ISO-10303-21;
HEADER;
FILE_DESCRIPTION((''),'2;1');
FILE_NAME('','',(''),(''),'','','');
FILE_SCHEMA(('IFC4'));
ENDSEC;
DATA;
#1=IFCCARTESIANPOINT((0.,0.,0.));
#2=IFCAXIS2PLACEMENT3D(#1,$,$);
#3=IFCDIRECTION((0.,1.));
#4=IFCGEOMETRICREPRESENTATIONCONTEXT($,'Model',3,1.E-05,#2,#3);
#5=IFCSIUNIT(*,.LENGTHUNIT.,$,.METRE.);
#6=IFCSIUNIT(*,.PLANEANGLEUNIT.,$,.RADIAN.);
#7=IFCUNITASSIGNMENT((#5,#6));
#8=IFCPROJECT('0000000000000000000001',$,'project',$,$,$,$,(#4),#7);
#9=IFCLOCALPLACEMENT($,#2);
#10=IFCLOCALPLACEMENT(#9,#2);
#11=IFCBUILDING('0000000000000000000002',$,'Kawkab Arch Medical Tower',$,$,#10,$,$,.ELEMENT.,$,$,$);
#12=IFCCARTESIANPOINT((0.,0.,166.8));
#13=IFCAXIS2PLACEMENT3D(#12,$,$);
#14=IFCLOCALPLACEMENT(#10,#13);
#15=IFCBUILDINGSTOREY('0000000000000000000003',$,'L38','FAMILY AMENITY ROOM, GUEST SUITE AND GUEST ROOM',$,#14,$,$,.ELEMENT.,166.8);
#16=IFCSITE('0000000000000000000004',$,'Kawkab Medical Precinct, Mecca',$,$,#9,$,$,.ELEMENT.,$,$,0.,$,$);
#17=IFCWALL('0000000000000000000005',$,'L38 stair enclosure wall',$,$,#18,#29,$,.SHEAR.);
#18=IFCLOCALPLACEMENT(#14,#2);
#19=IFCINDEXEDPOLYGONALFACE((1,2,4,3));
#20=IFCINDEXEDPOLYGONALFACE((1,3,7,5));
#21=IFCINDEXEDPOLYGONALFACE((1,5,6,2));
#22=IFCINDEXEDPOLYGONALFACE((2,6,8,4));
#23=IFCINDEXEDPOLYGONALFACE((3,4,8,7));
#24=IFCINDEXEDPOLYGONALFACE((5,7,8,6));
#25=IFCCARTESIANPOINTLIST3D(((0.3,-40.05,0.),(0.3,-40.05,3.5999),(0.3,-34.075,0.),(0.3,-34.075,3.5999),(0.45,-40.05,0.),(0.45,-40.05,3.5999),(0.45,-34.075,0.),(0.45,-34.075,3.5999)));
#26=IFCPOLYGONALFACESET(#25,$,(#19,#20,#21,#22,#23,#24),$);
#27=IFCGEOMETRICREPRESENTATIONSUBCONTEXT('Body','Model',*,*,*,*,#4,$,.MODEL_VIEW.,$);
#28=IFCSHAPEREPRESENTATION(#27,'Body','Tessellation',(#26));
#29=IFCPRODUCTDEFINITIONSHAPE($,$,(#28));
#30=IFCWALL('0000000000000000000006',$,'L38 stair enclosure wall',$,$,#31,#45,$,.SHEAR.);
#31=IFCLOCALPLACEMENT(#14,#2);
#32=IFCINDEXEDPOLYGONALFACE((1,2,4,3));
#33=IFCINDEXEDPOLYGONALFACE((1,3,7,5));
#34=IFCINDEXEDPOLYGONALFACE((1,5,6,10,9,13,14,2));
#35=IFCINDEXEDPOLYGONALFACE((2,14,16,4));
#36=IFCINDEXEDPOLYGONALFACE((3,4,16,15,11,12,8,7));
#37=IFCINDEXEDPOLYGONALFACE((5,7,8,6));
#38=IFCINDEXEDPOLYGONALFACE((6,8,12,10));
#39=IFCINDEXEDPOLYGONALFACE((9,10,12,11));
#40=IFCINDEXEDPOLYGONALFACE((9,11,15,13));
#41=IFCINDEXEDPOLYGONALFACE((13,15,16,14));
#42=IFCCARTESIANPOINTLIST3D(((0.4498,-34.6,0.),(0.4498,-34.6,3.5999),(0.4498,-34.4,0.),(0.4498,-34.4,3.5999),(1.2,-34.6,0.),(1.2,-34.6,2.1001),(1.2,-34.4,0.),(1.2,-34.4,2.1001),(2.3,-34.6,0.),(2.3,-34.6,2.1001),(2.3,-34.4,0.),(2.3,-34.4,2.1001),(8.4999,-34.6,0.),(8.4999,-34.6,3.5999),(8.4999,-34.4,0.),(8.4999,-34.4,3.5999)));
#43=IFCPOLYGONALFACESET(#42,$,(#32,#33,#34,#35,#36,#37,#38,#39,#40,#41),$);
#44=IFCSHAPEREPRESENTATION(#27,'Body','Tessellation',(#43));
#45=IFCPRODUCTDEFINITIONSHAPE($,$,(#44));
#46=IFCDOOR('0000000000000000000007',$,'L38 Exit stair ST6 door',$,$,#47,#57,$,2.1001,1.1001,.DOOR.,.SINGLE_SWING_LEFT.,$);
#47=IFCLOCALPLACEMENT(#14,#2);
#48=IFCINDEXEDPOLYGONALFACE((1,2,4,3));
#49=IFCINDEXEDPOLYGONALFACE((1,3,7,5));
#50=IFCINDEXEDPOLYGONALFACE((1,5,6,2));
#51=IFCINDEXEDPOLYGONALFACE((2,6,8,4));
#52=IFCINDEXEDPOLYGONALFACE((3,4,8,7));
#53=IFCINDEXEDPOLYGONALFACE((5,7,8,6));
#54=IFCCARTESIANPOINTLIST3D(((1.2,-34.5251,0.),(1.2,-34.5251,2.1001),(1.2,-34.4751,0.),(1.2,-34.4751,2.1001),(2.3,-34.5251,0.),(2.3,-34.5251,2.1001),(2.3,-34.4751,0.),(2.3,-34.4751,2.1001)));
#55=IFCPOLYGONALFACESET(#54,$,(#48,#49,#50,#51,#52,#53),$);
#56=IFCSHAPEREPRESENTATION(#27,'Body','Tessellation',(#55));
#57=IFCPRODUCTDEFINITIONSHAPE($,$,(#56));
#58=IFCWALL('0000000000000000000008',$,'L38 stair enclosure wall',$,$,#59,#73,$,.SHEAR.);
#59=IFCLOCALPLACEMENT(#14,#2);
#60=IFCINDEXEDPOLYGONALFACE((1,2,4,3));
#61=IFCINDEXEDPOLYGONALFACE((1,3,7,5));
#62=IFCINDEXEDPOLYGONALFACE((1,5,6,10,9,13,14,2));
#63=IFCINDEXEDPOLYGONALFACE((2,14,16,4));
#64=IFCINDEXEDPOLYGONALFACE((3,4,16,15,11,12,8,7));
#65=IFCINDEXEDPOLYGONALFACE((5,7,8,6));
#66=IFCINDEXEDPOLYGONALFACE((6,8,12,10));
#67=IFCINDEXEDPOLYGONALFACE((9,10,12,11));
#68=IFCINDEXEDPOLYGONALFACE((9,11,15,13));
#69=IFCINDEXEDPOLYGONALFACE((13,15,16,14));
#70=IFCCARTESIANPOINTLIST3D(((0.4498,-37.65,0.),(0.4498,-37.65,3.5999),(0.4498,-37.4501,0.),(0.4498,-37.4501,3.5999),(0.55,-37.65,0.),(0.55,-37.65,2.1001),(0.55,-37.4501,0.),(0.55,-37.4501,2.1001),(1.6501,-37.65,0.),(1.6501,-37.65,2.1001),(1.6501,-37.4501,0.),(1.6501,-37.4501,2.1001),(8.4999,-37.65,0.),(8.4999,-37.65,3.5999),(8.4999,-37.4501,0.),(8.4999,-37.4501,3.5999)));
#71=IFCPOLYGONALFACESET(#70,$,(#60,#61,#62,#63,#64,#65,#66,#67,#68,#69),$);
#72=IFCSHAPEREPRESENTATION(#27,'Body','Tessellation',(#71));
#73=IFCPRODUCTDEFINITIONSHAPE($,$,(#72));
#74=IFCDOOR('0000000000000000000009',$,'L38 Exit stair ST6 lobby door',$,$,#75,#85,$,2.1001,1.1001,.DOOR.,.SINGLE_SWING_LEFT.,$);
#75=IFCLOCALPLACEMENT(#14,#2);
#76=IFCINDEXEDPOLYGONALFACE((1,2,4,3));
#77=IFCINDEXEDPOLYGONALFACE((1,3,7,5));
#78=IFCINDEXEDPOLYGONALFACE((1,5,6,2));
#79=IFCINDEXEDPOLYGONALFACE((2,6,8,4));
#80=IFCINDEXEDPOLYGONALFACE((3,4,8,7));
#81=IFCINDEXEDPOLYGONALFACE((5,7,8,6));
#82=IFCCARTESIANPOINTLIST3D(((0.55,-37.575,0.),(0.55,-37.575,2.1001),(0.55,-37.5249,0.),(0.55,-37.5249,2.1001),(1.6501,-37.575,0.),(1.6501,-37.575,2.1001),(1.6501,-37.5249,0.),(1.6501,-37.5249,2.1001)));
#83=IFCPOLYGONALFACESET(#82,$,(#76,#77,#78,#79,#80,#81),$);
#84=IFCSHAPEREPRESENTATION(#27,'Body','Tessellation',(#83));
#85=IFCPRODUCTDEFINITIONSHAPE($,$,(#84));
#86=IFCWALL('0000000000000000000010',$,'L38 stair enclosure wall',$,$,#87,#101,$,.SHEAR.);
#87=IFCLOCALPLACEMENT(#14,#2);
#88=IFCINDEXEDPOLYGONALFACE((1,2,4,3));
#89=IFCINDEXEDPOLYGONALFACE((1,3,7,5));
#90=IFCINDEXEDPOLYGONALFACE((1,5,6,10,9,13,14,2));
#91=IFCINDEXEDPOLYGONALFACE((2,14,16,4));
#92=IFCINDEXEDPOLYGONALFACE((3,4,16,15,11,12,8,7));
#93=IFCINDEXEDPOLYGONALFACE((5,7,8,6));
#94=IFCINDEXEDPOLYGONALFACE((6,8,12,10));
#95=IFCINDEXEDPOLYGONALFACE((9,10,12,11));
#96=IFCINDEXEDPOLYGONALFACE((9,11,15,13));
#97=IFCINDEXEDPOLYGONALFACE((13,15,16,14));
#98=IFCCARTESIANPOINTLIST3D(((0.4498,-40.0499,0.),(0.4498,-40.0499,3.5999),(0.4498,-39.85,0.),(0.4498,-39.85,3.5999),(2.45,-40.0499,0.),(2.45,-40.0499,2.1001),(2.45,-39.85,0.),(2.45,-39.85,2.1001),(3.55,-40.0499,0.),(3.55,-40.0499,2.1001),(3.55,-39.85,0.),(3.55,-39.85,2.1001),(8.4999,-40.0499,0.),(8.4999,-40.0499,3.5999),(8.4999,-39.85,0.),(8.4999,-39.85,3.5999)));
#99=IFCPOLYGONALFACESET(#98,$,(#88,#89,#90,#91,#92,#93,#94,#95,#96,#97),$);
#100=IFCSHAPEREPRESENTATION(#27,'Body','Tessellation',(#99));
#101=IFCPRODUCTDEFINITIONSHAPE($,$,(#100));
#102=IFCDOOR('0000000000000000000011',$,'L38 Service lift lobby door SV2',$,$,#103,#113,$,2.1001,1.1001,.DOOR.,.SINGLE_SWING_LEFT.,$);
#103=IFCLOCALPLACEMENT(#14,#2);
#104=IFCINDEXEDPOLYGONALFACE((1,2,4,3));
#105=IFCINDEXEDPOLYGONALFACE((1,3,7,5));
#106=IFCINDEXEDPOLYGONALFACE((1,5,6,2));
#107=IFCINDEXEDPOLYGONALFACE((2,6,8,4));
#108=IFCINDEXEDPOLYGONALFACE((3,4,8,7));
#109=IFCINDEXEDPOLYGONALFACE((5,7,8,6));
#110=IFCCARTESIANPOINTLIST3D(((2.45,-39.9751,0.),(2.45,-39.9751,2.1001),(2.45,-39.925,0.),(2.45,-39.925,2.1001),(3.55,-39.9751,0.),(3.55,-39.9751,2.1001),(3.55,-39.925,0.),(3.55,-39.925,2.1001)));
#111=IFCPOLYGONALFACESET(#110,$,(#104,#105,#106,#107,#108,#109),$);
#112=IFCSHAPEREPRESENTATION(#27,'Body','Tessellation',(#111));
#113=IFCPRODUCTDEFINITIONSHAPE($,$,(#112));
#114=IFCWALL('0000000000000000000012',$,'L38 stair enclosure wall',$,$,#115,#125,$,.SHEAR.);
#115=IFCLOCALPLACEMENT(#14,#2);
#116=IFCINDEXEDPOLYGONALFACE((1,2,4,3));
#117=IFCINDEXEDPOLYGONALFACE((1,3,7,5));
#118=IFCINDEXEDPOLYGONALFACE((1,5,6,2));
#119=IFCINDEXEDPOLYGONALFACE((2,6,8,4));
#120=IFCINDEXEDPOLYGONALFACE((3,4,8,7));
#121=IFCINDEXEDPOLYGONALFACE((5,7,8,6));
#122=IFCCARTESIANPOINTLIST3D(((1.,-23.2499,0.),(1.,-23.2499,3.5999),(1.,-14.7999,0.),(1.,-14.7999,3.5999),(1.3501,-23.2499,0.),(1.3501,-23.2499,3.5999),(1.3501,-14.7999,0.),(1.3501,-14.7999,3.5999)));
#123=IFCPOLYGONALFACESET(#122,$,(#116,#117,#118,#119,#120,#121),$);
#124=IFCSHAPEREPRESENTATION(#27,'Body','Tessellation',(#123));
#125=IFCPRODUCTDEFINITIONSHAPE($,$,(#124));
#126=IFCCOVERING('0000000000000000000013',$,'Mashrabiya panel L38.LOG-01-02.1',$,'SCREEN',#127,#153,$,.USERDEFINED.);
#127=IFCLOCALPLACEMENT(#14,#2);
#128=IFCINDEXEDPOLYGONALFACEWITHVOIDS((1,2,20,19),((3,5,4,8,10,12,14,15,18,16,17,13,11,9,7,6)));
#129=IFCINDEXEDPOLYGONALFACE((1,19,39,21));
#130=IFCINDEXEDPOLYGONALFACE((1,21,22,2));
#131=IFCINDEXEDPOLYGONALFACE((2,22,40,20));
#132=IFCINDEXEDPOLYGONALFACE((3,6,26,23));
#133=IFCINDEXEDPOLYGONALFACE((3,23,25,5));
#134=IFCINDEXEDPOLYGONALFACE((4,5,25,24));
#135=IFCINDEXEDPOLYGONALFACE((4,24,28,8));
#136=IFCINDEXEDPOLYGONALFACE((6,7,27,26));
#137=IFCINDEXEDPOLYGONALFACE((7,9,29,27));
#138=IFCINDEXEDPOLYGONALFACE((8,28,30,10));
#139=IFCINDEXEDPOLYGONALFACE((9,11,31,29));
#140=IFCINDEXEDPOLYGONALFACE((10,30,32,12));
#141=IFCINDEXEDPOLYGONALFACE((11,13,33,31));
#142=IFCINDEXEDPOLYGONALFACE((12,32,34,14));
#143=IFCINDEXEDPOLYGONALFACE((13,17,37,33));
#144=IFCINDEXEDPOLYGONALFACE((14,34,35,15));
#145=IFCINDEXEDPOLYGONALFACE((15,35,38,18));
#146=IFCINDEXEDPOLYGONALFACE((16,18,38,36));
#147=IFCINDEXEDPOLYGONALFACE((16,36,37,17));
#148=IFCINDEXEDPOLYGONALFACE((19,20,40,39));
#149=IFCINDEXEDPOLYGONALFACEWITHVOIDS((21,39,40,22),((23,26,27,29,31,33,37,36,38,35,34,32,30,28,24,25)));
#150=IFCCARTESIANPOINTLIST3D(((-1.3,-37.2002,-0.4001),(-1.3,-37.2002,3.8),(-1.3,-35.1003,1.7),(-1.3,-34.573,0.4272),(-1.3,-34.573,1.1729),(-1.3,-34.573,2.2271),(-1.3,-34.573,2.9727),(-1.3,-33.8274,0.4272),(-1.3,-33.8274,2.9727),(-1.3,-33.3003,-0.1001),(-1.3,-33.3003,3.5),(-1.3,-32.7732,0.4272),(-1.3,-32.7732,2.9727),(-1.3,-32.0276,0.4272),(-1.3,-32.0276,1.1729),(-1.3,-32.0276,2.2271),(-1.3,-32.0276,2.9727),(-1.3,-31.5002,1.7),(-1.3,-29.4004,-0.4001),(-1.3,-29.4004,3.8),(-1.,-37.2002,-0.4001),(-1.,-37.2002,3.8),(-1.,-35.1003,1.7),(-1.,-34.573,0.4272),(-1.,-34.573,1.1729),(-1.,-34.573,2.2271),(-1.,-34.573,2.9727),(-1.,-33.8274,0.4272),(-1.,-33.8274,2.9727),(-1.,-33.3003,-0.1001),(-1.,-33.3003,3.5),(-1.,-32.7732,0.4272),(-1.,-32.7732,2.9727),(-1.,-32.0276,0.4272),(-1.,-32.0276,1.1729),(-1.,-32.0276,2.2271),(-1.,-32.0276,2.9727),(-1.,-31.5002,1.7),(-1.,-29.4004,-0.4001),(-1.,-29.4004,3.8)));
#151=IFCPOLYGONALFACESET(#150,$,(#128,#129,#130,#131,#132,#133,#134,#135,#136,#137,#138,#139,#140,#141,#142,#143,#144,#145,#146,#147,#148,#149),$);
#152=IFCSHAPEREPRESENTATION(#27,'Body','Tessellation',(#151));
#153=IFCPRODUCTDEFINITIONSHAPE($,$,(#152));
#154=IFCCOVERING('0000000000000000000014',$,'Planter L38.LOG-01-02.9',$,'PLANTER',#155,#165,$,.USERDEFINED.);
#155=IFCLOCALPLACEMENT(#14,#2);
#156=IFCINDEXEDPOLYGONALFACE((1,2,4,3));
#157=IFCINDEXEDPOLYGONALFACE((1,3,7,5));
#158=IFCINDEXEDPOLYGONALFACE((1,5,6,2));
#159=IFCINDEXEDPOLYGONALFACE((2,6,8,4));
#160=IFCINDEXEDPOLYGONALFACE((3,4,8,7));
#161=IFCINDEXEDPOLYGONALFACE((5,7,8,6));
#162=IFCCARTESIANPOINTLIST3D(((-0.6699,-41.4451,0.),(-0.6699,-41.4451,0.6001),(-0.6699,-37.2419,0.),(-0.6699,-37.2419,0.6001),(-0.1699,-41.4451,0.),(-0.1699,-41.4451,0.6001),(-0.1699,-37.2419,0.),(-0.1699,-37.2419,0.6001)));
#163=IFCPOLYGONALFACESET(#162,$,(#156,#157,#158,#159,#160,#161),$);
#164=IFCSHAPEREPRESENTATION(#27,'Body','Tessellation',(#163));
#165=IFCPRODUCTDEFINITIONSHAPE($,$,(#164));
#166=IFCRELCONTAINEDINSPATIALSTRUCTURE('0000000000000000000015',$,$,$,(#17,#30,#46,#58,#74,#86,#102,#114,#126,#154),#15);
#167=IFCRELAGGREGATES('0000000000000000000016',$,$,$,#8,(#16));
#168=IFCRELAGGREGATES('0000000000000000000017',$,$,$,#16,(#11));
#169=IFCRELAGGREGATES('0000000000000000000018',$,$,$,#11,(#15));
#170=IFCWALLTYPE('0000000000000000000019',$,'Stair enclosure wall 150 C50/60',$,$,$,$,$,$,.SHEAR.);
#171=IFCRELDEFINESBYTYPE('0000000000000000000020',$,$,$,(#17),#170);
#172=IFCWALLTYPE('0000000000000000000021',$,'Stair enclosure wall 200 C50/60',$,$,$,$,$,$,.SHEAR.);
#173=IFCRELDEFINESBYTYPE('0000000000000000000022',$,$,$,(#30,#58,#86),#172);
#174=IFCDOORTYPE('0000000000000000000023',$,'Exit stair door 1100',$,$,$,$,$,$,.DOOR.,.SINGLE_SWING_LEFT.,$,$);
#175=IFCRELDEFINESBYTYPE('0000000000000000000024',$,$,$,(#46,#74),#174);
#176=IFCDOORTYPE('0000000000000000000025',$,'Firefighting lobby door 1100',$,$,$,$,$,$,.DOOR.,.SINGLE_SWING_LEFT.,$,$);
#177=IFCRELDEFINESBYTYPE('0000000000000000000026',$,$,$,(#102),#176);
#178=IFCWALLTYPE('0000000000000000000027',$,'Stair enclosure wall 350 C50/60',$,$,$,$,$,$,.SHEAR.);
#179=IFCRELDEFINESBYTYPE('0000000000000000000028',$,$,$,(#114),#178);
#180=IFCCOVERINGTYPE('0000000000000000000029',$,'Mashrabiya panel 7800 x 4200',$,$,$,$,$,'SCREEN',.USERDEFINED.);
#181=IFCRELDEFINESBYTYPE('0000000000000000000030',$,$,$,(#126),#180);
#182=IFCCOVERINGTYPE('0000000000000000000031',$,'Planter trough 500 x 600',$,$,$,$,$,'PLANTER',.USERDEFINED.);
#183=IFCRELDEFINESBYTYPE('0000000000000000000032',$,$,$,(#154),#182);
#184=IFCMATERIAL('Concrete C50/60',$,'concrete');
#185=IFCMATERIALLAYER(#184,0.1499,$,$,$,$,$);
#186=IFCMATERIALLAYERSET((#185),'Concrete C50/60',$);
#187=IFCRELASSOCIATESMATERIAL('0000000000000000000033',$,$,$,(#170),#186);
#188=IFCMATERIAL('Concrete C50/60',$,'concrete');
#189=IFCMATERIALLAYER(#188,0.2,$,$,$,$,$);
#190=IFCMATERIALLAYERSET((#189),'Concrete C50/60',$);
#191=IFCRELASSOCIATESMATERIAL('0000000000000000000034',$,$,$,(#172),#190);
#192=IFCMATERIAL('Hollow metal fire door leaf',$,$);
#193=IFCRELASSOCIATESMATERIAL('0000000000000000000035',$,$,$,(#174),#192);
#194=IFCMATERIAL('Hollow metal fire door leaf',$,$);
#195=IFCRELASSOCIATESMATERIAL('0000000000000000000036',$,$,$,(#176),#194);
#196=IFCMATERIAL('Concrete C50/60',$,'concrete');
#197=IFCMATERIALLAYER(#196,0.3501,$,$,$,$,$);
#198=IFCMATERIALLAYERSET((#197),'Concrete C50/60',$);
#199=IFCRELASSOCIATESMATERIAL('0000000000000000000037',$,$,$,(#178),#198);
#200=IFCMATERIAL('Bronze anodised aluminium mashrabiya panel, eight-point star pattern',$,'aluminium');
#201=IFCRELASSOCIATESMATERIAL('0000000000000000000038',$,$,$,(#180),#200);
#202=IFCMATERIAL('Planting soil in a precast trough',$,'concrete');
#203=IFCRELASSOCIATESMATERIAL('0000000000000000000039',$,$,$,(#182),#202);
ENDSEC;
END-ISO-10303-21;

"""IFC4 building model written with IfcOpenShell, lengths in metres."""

from ifc_helpers import new_model, si_unit, direction, frame, frame_2d, origin, origin_2d, place, context, subcontext, project, spatial, polyline, rectangle, outline, extrude, material, layer, layer_set, material_profile, profile_set, type_object, element, fill, save


model = new_model("IFC4")

# Units and contexts
model_context = context("Model", 3, precision=1e-05, world=origin(), true_north=direction((0.0, 1.0)))
body_context = subcontext(model_context, "Body", "Model", "MODEL_VIEW")
ifc_project = project(units=[si_unit("LENGTHUNIT", "METRE"), si_unit("PLANEANGLEUNIT", "RADIAN")], contexts=[model_context])

# Site, building, storey
site_placement = place(None, origin())
site = spatial("IfcSite", under=ifc_project, at=site_placement, Name="Kawkab Medical Precinct, Mecca", CompositionType="ELEMENT", RefElevation=0.0)
building_placement = place(site_placement, origin())
building = spatial("IfcBuilding", under=site, at=building_placement, Name="Kawkab Arch Medical Tower", CompositionType="ELEMENT")
storey_placement = place(building_placement, frame((0.0, 0.0, 166.8)))
storey = spatial("IfcBuildingStorey", under=building, at=storey_placement, Name="L38", Description="FAMILY AMENITY ROOM, GUEST SUITE AND GUEST ROOM", CompositionType="ELEMENT", Elevation=166.8)

# Wall
ifc_material_1 = material(Name="Concrete C50/60", Category="concrete")
ifc_layer_1 = layer(ifc_material_1, 0.1499)
ifc_layer_set_1 = layer_set([ifc_layer_1], Name="Concrete C50/60")
wall_type_1 = type_object("IfcWallType", Name="Stair enclosure wall 150 C50/60", PredefinedType="SHEAR", material=ifc_layer_set_1)
wall_1_placement = place(storey_placement, frame((0.375, -40.05, 0.0), z_axis=(0.0, 0.0, 1.0), x_axis=(0.0, 1.0, 0.0)))
element("IfcWall", 1, at=wall_1_placement, inside=storey, type_object=wall_type_1, Name="L38 stair enclosure wall", PredefinedType="SHEAR", context=body_context, shape_type="SweptSolid", body=[
    extrude(rectangle(XDim=5.9751, YDim=0.1499, at=frame_2d((2.9875, 0.0))), origin(), (0.0, 0.0, 1.0), 3.5999),
])

# Walls, openings, doors
ifc_material_2 = material(Name="Concrete C50/60", Category="concrete")
ifc_layer_2 = layer(ifc_material_2, 0.2)
ifc_layer_set_2 = layer_set([ifc_layer_2], Name="Concrete C50/60")
wall_type_2 = type_object("IfcWallType", Name="Stair enclosure wall 200 C50/60", PredefinedType="SHEAR", material=ifc_layer_set_2)
wall_2_placement = place(storey_placement, frame((0.45, -34.5, 0.0), z_axis=(0.0, 0.0, 1.0), x_axis=(1.0, 0.0, 0.0)))
wall_2 = element("IfcWall", 2, at=wall_2_placement, inside=storey, type_object=wall_type_2, Name="L38 stair enclosure wall", PredefinedType="SHEAR", context=body_context, shape_type="SweptSolid", body=[
    extrude(rectangle(XDim=8.05, YDim=0.2, at=frame_2d((4.0249, 0.0))), origin(), (0.0, 0.0, 1.0), 3.5999),
])
opening_1_placement = place(wall_2_placement, frame((0.75, 0.0, 0.0)))
opening_1 = element("IfcOpeningElement", 3, at=opening_1_placement, cuts=wall_2, PredefinedType="OPENING", context=body_context, shape_type="SweptSolid", body=[
    extrude(rectangle(XDim=1.1001, YDim=2.1001, at=frame_2d((0.55, 1.05))), frame((0.0, 0.1099, 0.0), z_axis=(0.0, -1.0, 0.0), x_axis=(1.0, 0.0, 0.0)), (0.0, 0.0, 1.0), 0.22),
])
ifc_material_3 = material(Name="Hollow metal fire door leaf")
door_type_1 = type_object("IfcDoorType", Name="Exit stair door 1100", OperationType="SINGLE_SWING_LEFT", PredefinedType="DOOR", material=ifc_material_3)
door_1_placement = place(opening_1_placement, origin())
door_1 = element("IfcDoor", 4, at=door_1_placement, inside=storey, type_object=door_type_1, Name="L38 Exit stair ST6 door", OperationType="SINGLE_SWING_LEFT", OverallHeight=2.1001, OverallWidth=1.1001, PredefinedType="DOOR", context=body_context, shape_type="SweptSolid", body=[
    extrude(rectangle(XDim=1.1001, YDim=2.1001, at=frame_2d((0.55, 1.05))), frame((0.0, 0.0249, 0.0), z_axis=(0.0, -1.0, 0.0), x_axis=(1.0, 0.0, 0.0)), (0.0, 0.0, 1.0), 0.05),
])
fill(opening_1, door_1)
wall_3_placement = place(storey_placement, frame((0.45, -37.55, 0.0), z_axis=(0.0, 0.0, 1.0), x_axis=(1.0, 0.0, 0.0)))
wall_3 = element("IfcWall", 5, at=wall_3_placement, inside=storey, type_object=wall_type_2, Name="L38 stair enclosure wall", PredefinedType="SHEAR", context=body_context, shape_type="SweptSolid", body=[
    extrude(rectangle(XDim=8.05, YDim=0.2, at=frame_2d((4.0249, 0.0))), origin(), (0.0, 0.0, 1.0), 3.5999),
])
opening_2_placement = place(wall_3_placement, frame((0.1001, 0.0, 0.0)))
opening_2 = element("IfcOpeningElement", 6, at=opening_2_placement, cuts=wall_3, PredefinedType="OPENING", context=body_context, shape_type="SweptSolid", body=[
    extrude(rectangle(XDim=1.1001, YDim=2.1001, at=frame_2d((0.55, 1.05))), frame((0.0, 0.1099, 0.0), z_axis=(0.0, -1.0, 0.0), x_axis=(1.0, 0.0, 0.0)), (0.0, 0.0, 1.0), 0.22),
])
door_2_placement = place(opening_2_placement, frame((1.1001, 0.0, 0.0), z_axis=(0.0, 0.0, 1.0), x_axis=(-1.0, 0.0, 0.0)))
door_2 = element("IfcDoor", 7, at=door_2_placement, inside=storey, type_object=door_type_1, Name="L38 Exit stair ST6 lobby door", OperationType="SINGLE_SWING_LEFT", OverallHeight=2.1001, OverallWidth=1.1001, PredefinedType="DOOR", context=body_context, shape_type="SweptSolid", body=[
    extrude(rectangle(XDim=1.1001, YDim=2.1001, at=frame_2d((0.55, 1.05))), frame((0.0, 0.0249, 0.0), z_axis=(0.0, -1.0, 0.0), x_axis=(1.0, 0.0, 0.0)), (0.0, 0.0, 1.0), 0.05),
])
fill(opening_2, door_2)
wall_4_placement = place(storey_placement, frame((0.45, -39.95, 0.0), z_axis=(0.0, 0.0, 1.0), x_axis=(1.0, 0.0, 0.0)))
wall_4 = element("IfcWall", 8, at=wall_4_placement, inside=storey, type_object=wall_type_2, Name="L38 stair enclosure wall", PredefinedType="SHEAR", context=body_context, shape_type="SweptSolid", body=[
    extrude(rectangle(XDim=8.05, YDim=0.2, at=frame_2d((4.0249, 0.0))), origin(), (0.0, 0.0, 1.0), 3.5999),
])
opening_3_placement = place(wall_4_placement, frame((2.0, 0.0, 0.0)))
opening_3 = element("IfcOpeningElement", 9, at=opening_3_placement, cuts=wall_4, PredefinedType="OPENING", context=body_context, shape_type="SweptSolid", body=[
    extrude(rectangle(XDim=1.1001, YDim=2.1001, at=frame_2d((0.55, 1.05))), frame((0.0, 0.1099, 0.0), z_axis=(0.0, -1.0, 0.0), x_axis=(1.0, 0.0, 0.0)), (0.0, 0.0, 1.0), 0.22),
])
ifc_material_4 = material(Name="Hollow metal fire door leaf")
door_type_2 = type_object("IfcDoorType", Name="Firefighting lobby door 1100", OperationType="SINGLE_SWING_LEFT", PredefinedType="DOOR", material=ifc_material_4)
door_3_placement = place(opening_3_placement, origin())
door_3 = element("IfcDoor", 10, at=door_3_placement, inside=storey, type_object=door_type_2, Name="L38 Service lift lobby door SV2", OperationType="SINGLE_SWING_LEFT", OverallHeight=2.1001, OverallWidth=1.1001, PredefinedType="DOOR", context=body_context, shape_type="SweptSolid", body=[
    extrude(rectangle(XDim=1.1001, YDim=2.1001, at=frame_2d((0.55, 1.05))), frame((0.0, 0.0249, 0.0), z_axis=(0.0, -1.0, 0.0), x_axis=(1.0, 0.0, 0.0)), (0.0, 0.0, 1.0), 0.05),
])
fill(opening_3, door_3)

# Wall
ifc_material_5 = material(Name="Concrete C50/60", Category="concrete")
ifc_layer_3 = layer(ifc_material_5, 0.3501)
ifc_layer_set_3 = layer_set([ifc_layer_3], Name="Concrete C50/60")
wall_type_3 = type_object("IfcWallType", Name="Stair enclosure wall 350 C50/60", PredefinedType="SHEAR", material=ifc_layer_set_3)
wall_5_placement = place(storey_placement, frame((1.175, -23.25, 0.0), z_axis=(0.0, 0.0, 1.0), x_axis=(0.0, 1.0, 0.0)))
element("IfcWall", 11, at=wall_5_placement, inside=storey, type_object=wall_type_3, Name="L38 stair enclosure wall", PredefinedType="SHEAR", context=body_context, shape_type="SweptSolid", body=[
    extrude(rectangle(XDim=8.45, YDim=0.3501, at=frame_2d((4.2251, 0.0))), origin(), (0.0, 0.0, 1.0), 3.5999),
])

# Coverings
ifc_material_6 = material(Name="Bronze anodised aluminium mashrabiya panel, eight-point star pattern", Category="aluminium")
ifc_material_profile_1 = material_profile(ifc_material_6, outline(polyline([(-3.8999, -2.1001), (3.8999, -2.1001), (3.8999, 2.1001), (-3.8999, 2.1001), (-3.8999, -2.1001)]), holes=[polyline([(1.8, 0.0), (1.2727, 0.5271), (1.2727, 1.2727), (0.5271, 1.2727), (0.0, 1.8), (-0.5271, 1.2727), (-1.2727, 1.2727), (-1.2727, 0.5271), (-1.8, 0.0), (-1.2727, -0.5271), (-1.2727, -1.2727), (-0.5271, -1.2727), (0.0, -1.8), (0.5271, -1.2727), (1.2727, -1.2727), (1.2727, -0.5271), (1.8, 0.0)])]), Name="Mashrabiya panel 7800x4200")
ifc_profile_set_1 = profile_set([ifc_material_profile_1], Name="Bronze anodised aluminium mashrabiya panel, eight-point star pattern")
covering_type_1 = type_object("IfcCoveringType", Name="Mashrabiya panel 7800 x 4200", ElementType="SCREEN", PredefinedType="USERDEFINED", material=ifc_profile_set_1)
covering_1_placement = place(storey_placement, frame((-1.0, -33.3003, 1.7), z_axis=(-1.0, 0.0, 0.0), x_axis=(0.0, -1.0, 0.0)))
element("IfcCovering", 12, at=covering_1_placement, inside=storey, type_object=covering_type_1, Name="Mashrabiya panel L38.LOG-01-02.1", ObjectType="SCREEN", PredefinedType="USERDEFINED", context=body_context, shape_type="SweptSolid", body=[
    extrude(outline(polyline([(-3.8999, -2.1001), (3.8999, -2.1001), (3.8999, 2.1001), (-3.8999, 2.1001), (-3.8999, -2.1001)]), holes=[polyline([(1.8, 0.0), (1.2727, 0.5271), (1.2727, 1.2727), (0.5271, 1.2727), (0.0, 1.8), (-0.5271, 1.2727), (-1.2727, 1.2727), (-1.2727, 0.5271), (-1.8, 0.0), (-1.2727, -0.5271), (-1.2727, -1.2727), (-0.5271, -1.2727), (0.0, -1.8), (0.5271, -1.2727), (1.2727, -1.2727), (1.2727, -0.5271), (1.8, 0.0)])]), origin(), (0.0, 0.0, 1.0), 0.3),
])
ifc_material_7 = material(Name="Planting soil in a precast trough", Category="concrete")
ifc_material_profile_2 = material_profile(ifc_material_7, rectangle(XDim=0.5, YDim=0.6001, at=origin_2d()), Name="Trough 500x600")
ifc_profile_set_2 = profile_set([ifc_material_profile_2], Name="Planting soil in a precast trough")
covering_type_2 = type_object("IfcCoveringType", Name="Planter trough 500 x 600", ElementType="PLANTER", PredefinedType="USERDEFINED", material=ifc_profile_set_2)
covering_2_placement = place(storey_placement, frame((-0.4199, -41.4451, 0.3), z_axis=(0.0, 1.0, 0.0), x_axis=(-1.0, 0.0, 0.0)))
element("IfcCovering", 13, at=covering_2_placement, inside=storey, type_object=covering_type_2, Name="Planter L38.LOG-01-02.9", ObjectType="PLANTER", PredefinedType="USERDEFINED", context=body_context, shape_type="SweptSolid", body=[
    extrude(rectangle(XDim=0.5, YDim=0.6001, at=origin_2d()), origin(), (0.0, 0.0, 1.0), 4.2031),
])

save(model, "model.ifc")
